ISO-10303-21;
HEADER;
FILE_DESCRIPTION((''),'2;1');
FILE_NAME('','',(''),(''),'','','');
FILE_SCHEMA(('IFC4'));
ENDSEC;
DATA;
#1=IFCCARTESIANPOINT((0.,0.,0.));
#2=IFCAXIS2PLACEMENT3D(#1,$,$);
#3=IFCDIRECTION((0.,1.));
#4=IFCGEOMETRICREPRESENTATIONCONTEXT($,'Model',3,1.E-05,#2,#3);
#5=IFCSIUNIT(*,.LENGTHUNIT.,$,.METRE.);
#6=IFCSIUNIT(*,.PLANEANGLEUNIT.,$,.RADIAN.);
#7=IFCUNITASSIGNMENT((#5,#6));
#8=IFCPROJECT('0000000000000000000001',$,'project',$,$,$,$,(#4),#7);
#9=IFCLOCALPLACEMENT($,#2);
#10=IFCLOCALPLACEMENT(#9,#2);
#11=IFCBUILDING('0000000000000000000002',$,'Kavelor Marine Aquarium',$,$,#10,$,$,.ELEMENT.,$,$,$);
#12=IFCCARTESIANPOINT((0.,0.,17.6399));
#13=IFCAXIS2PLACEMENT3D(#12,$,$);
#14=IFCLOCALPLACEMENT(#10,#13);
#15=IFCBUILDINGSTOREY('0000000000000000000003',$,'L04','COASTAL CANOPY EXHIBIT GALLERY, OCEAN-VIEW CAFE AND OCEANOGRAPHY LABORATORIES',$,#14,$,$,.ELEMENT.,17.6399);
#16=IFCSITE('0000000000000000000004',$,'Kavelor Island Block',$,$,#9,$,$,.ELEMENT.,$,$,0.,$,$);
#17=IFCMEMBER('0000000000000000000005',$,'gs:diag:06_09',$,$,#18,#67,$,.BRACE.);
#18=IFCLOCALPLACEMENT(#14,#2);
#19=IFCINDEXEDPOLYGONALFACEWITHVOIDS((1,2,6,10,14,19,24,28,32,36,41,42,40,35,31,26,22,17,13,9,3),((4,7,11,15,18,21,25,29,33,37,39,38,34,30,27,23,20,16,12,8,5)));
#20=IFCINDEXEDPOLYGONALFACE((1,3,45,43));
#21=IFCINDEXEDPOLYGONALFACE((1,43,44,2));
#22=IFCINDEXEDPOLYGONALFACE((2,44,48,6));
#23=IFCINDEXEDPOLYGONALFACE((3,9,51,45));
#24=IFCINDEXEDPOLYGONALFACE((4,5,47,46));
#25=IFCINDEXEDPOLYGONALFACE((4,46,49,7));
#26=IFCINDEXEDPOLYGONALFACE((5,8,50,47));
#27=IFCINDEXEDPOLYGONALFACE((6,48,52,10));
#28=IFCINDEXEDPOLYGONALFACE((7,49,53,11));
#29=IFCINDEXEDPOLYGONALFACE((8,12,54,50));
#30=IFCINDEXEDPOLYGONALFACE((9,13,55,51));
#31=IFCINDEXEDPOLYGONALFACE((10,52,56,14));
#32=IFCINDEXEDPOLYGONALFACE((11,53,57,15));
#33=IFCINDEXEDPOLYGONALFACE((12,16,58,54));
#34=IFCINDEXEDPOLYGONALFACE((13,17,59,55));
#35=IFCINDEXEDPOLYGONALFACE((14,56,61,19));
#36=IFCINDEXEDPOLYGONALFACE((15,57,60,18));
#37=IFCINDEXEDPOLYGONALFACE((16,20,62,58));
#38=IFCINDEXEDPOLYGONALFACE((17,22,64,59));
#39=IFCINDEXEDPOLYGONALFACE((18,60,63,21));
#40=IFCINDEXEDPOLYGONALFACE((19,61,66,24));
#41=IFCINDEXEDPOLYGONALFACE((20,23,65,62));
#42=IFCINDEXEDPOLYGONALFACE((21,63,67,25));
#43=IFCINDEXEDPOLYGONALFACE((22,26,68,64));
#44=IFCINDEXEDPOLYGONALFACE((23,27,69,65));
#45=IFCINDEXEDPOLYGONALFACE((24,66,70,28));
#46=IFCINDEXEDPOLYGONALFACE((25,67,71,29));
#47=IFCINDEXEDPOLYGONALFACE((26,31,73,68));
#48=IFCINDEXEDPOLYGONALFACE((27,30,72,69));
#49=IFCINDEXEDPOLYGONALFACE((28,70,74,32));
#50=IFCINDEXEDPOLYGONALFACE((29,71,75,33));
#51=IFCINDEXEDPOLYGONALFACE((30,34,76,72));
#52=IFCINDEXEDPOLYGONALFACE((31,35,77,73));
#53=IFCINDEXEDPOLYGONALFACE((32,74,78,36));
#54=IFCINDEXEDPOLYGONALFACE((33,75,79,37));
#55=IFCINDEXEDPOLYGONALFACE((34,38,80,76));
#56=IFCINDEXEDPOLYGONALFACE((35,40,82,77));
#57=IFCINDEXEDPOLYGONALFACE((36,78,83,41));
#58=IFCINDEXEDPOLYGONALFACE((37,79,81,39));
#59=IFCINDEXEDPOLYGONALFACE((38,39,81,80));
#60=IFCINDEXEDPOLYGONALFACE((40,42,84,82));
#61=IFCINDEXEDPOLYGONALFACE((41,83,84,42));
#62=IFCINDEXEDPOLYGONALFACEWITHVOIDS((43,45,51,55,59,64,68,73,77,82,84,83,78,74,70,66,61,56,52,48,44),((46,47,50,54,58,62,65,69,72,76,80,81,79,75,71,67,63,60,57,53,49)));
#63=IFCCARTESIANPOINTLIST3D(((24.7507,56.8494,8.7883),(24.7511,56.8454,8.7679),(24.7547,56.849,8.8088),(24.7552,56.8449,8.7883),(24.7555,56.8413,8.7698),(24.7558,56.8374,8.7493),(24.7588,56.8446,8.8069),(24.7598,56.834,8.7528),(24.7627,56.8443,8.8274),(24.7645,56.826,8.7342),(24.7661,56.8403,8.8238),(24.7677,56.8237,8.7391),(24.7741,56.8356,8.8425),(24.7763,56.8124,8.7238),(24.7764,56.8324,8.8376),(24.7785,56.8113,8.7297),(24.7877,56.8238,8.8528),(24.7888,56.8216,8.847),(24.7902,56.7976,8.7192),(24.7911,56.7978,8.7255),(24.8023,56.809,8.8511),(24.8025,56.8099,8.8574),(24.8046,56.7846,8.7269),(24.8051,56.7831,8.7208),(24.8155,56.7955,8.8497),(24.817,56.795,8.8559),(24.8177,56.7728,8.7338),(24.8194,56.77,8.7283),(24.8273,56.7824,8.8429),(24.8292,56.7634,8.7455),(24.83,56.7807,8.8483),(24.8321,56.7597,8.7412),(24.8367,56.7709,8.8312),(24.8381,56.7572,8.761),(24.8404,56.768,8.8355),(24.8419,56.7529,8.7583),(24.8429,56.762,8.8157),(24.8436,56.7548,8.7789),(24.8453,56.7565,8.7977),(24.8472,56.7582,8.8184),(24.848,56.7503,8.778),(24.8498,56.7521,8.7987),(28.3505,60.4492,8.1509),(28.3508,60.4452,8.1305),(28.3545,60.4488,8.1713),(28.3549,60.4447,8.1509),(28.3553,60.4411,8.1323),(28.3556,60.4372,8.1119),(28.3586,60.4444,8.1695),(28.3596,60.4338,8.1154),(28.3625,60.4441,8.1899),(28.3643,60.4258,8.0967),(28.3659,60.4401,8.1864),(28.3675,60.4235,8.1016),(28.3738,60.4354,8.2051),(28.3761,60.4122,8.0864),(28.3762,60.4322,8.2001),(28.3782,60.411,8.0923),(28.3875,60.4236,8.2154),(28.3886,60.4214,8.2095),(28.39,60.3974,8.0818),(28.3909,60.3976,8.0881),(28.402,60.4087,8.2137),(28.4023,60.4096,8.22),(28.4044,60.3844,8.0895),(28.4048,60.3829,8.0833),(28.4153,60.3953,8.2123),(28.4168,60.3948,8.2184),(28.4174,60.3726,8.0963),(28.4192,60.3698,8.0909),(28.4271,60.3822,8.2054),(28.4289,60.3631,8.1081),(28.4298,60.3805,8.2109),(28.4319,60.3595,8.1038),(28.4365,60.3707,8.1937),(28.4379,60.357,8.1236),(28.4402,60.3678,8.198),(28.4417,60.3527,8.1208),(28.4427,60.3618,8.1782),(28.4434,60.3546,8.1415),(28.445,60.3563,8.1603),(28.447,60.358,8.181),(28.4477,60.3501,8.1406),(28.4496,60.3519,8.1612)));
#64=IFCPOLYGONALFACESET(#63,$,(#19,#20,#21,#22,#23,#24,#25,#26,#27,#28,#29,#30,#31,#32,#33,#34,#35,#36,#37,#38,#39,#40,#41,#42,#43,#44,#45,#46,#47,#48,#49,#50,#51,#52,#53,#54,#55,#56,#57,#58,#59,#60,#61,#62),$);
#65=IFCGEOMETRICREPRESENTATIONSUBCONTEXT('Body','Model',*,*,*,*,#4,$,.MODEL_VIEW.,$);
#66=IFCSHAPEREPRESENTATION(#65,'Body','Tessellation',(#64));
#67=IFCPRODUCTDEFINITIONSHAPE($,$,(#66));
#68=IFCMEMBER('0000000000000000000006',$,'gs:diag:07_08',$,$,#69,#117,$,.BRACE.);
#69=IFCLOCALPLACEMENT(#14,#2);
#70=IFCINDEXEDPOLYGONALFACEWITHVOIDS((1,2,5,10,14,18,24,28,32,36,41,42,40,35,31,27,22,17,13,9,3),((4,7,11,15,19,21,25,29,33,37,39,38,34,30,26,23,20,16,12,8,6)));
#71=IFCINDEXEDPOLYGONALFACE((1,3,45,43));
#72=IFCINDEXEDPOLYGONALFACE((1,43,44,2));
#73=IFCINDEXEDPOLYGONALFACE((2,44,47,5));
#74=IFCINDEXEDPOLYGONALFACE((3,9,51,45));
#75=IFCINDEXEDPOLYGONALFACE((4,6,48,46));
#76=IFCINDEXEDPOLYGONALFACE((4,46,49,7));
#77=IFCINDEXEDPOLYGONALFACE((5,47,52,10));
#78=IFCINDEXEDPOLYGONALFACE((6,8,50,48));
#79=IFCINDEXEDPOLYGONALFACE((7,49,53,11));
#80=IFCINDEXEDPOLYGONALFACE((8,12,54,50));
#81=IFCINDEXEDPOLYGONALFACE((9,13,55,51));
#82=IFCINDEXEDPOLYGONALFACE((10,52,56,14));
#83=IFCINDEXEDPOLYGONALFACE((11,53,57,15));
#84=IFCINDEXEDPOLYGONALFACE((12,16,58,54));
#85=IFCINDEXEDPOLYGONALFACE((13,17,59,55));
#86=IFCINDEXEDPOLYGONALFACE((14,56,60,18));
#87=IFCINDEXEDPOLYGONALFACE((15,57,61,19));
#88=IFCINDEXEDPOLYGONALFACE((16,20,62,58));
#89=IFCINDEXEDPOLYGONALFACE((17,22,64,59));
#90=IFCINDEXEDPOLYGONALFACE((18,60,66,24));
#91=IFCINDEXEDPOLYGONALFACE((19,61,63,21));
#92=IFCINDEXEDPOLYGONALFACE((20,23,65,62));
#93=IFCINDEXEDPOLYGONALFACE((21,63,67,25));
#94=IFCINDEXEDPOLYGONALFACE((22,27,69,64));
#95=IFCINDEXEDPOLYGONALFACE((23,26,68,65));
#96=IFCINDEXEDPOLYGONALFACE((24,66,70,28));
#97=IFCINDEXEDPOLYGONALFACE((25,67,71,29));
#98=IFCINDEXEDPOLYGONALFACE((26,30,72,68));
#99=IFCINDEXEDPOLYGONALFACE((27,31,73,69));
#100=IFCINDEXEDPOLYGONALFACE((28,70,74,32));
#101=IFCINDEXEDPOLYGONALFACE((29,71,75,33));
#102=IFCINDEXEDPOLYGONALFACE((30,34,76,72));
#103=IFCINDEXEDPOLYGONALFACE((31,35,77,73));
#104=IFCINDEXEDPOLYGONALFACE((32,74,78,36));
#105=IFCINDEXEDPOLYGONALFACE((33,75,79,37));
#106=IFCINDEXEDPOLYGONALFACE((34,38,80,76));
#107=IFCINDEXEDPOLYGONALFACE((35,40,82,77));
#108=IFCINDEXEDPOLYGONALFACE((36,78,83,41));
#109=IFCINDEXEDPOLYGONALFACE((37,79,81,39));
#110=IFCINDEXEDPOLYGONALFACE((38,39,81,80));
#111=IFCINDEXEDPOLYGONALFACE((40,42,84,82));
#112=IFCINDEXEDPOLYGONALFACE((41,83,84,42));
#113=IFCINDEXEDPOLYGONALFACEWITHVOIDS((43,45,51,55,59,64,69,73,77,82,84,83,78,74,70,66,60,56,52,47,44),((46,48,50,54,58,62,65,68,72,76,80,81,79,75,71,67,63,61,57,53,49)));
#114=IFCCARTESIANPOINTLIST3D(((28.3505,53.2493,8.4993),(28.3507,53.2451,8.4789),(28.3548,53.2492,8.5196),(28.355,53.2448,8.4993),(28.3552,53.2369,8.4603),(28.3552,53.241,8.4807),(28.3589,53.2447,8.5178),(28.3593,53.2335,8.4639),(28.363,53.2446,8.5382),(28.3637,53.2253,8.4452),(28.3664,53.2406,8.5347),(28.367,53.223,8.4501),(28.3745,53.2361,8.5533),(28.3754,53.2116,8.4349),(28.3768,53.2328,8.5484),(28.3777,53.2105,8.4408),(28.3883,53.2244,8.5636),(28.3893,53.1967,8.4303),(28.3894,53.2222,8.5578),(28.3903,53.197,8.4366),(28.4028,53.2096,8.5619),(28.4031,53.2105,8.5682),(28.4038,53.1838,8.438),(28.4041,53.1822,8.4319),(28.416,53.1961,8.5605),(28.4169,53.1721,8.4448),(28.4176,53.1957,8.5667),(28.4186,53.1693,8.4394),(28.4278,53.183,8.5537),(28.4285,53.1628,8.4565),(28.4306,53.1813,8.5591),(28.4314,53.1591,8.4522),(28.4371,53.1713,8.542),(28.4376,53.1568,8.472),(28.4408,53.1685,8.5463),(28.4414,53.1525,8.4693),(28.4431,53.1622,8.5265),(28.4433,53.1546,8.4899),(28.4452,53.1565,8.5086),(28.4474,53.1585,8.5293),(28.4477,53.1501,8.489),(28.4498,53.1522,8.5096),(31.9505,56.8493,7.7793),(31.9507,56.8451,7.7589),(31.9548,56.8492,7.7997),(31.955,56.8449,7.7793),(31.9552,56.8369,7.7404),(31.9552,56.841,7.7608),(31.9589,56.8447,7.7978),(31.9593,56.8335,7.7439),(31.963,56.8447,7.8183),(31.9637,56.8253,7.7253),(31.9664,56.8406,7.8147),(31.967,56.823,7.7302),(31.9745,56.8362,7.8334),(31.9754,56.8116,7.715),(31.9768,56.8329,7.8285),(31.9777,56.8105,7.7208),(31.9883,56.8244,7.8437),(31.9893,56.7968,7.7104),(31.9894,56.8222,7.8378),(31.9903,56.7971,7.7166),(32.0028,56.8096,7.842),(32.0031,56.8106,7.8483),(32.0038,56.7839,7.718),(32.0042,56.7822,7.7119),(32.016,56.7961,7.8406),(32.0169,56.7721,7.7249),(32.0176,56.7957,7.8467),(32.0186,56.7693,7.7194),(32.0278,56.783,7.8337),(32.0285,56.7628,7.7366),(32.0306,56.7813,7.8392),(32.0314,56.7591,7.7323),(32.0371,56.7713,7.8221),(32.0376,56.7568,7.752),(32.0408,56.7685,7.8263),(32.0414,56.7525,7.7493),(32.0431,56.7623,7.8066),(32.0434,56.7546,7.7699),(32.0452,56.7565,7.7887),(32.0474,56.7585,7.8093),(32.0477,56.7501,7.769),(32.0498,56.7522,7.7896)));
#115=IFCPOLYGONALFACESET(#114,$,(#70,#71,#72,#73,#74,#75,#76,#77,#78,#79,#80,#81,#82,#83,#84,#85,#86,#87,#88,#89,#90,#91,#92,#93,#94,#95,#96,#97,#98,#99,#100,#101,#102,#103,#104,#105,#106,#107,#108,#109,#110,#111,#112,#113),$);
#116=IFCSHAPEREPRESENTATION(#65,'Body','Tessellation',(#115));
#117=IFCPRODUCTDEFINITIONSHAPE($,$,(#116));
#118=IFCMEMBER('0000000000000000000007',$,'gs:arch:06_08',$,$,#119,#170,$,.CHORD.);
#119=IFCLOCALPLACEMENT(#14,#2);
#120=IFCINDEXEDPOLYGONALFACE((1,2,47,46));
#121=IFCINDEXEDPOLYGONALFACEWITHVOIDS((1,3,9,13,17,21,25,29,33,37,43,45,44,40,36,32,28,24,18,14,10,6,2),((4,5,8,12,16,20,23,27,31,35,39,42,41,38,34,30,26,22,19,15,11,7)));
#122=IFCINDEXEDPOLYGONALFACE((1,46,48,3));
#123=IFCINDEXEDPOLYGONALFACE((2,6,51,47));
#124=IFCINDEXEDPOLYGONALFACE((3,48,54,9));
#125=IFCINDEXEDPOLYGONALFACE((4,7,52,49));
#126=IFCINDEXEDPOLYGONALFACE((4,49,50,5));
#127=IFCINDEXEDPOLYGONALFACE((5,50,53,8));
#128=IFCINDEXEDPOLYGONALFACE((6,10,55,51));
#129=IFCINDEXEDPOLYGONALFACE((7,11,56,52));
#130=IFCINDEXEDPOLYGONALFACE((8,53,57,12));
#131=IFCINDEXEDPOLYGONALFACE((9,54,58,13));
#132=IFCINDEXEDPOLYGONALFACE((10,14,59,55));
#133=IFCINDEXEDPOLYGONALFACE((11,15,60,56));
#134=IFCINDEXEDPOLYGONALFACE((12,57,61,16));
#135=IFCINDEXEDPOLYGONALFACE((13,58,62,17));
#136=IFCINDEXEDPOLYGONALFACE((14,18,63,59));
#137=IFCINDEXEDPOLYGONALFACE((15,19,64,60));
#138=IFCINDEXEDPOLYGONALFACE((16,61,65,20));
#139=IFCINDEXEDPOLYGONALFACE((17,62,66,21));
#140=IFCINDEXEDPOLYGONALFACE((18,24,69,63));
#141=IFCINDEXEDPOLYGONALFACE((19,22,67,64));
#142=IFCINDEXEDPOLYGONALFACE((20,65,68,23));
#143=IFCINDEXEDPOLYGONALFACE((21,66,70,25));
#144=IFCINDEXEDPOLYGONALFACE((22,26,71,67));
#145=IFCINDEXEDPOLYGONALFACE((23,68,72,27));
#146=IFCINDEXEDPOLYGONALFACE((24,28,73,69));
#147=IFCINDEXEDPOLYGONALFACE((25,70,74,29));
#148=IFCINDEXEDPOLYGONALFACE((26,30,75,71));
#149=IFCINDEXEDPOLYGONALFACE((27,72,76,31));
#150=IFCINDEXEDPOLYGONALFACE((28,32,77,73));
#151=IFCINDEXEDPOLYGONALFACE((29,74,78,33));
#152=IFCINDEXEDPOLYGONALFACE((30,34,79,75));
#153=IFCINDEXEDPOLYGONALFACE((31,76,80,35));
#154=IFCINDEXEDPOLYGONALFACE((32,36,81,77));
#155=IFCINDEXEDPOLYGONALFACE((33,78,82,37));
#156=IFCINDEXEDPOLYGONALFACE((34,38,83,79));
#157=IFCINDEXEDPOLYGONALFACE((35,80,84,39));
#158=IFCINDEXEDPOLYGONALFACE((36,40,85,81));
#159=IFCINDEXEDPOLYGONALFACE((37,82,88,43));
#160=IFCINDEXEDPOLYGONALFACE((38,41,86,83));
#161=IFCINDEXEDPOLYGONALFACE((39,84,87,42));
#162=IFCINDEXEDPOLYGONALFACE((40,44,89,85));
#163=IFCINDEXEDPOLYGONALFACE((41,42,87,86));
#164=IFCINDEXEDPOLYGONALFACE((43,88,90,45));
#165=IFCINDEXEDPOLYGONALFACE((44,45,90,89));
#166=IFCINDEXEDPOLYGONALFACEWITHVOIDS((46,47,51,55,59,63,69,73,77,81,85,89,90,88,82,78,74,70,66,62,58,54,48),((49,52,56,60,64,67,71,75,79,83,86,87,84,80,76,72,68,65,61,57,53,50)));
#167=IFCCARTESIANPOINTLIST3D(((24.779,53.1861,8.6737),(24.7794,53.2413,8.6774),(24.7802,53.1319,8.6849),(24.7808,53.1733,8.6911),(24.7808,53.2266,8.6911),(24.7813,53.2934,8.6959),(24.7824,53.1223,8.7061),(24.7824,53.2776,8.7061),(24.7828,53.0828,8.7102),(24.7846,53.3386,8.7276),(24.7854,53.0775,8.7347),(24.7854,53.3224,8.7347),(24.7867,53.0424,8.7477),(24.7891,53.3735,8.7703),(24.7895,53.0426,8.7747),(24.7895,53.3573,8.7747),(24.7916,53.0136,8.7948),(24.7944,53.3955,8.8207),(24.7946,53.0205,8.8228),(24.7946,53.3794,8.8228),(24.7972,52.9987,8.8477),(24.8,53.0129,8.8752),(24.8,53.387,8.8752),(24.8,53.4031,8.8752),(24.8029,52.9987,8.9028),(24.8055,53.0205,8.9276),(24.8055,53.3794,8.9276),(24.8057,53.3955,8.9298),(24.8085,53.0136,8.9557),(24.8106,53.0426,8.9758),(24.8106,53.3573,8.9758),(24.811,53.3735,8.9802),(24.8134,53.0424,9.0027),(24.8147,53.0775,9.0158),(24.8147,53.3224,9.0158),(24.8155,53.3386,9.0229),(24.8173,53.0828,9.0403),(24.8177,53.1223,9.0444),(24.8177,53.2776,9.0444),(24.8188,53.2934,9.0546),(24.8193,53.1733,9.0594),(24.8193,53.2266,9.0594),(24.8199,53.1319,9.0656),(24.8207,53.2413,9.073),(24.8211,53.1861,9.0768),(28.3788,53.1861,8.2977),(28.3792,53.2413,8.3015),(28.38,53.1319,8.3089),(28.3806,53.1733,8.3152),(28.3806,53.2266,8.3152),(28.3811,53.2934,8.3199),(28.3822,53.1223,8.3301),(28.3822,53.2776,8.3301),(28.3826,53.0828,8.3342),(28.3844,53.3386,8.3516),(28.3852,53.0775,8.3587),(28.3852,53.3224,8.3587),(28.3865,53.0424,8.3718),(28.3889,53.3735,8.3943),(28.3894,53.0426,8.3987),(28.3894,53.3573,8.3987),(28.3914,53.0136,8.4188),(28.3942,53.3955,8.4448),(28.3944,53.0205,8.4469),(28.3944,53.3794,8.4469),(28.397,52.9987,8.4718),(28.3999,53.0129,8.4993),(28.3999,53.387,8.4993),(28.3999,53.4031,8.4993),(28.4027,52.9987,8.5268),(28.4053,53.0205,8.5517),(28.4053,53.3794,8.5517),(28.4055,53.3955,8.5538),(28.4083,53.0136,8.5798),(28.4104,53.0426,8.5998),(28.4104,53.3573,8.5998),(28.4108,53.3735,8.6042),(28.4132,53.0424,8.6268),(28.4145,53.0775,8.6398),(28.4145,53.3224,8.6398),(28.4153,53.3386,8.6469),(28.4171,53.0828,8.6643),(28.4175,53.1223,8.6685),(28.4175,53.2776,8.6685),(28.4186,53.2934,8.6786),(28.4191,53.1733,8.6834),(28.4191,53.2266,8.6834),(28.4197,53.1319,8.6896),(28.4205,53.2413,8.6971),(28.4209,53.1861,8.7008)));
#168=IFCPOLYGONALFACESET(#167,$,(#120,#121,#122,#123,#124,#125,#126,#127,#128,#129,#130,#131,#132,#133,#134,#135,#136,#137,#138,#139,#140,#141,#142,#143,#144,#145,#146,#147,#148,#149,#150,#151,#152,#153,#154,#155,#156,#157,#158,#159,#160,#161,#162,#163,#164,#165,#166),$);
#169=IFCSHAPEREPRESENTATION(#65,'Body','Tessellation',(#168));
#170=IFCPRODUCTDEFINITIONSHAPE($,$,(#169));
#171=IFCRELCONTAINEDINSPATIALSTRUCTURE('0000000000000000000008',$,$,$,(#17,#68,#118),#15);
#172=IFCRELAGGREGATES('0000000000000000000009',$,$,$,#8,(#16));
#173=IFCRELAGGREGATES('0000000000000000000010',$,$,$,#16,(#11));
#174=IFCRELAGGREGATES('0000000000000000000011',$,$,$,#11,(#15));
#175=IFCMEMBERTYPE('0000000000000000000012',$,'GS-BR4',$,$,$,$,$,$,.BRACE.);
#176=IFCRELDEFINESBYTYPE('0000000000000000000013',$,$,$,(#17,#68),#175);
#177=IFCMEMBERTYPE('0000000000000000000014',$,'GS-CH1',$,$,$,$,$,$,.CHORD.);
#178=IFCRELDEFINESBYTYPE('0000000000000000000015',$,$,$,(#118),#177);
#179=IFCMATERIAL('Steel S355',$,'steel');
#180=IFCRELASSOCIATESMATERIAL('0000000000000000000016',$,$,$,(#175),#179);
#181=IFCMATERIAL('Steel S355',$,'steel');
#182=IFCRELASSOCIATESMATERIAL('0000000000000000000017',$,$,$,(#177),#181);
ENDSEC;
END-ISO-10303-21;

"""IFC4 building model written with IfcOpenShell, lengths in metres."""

from ifc_helpers import new_model, si_unit, direction, frame, origin, origin_2d, place, context, subcontext, project, spatial, hollow_circle, extrude, material, material_profile, profile_set, type_object, element, save


model = new_model("IFC4")

# Units and contexts
model_context = context("Model", 3, precision=1e-05, world=origin(), true_north=direction((0.0, 1.0)))
body_context = subcontext(model_context, "Body", "Model", "MODEL_VIEW")
ifc_project = project(units=[si_unit("LENGTHUNIT", "METRE"), si_unit("PLANEANGLEUNIT", "RADIAN")], contexts=[model_context])

# Site, building, storey
site_placement = place(None, origin())
site = spatial("IfcSite", under=ifc_project, at=site_placement, Name="Kavelor Island Block", CompositionType="ELEMENT", RefElevation=0.0)
building_placement = place(site_placement, origin())
building = spatial("IfcBuilding", under=site, at=building_placement, Name="Kavelor Marine Aquarium", CompositionType="ELEMENT")
storey_placement = place(building_placement, frame((0.0, 0.0, 17.6399)))
storey = spatial("IfcBuildingStorey", under=building, at=storey_placement, Name="L04", Description="COASTAL CANOPY EXHIBIT GALLERY, OCEAN-VIEW CAFE AND OCEANOGRAPHY LABORATORIES", CompositionType="ELEMENT", Elevation=17.6399)

# Members
ifc_material_1 = material(Name="Steel S355", Category="steel")
ifc_material_profile_1 = material_profile(ifc_material_1, hollow_circle(Radius=0.0698, WallThickness=0.0063, at=origin_2d()), Name="CHS 139.7x6.3")
ifc_profile_set_1 = profile_set([ifc_material_profile_1], Name="Steel S355")
member_type_1 = type_object("IfcMemberType", Name="GS-BR4", PredefinedType="BRACE", material=ifc_profile_set_1)
member_1_placement = place(storey_placement, frame((24.8, 56.8, 8.7883), z_axis=(0.701628, 0.701628, -0.124242), x_axis=(-0.707107, 0.707107, 0.0)))
element("IfcMember", 1, at=member_1_placement, inside=storey, type_object=member_type_1, Name="gs:diag:06_09", PredefinedType="BRACE", context=body_context, shape_type="SweptSolid", body=[
    extrude(hollow_circle(Radius=0.0698, WallThickness=0.0063, at=origin_2d()), origin(), (0.0, 0.0, 1.0), 5.1306),
])
member_2_placement = place(storey_placement, frame((28.3999, 53.2, 8.4993), z_axis=(0.700141, 0.700141, -0.140019), x_axis=(-0.707107, 0.707107, 0.0)))
element("IfcMember", 2, at=member_2_placement, inside=storey, type_object=member_type_1, Name="gs:diag:07_08", PredefinedType="BRACE", context=body_context, shape_type="SweptSolid", body=[
    extrude(hollow_circle(Radius=0.0698, WallThickness=0.0063, at=origin_2d()), origin(), (0.0, 0.0, 1.0), 5.1418),
])
ifc_material_2 = material(Name="Steel S355", Category="steel")
ifc_material_profile_2 = material_profile(ifc_material_2, hollow_circle(Radius=0.2031, WallThickness=0.0161, at=origin_2d()), Name="CHS 406.4x16.0")
ifc_profile_set_2 = profile_set([ifc_material_profile_2], Name="Steel S355")
member_type_2 = type_object("IfcMemberType", Name="GS-CH1", PredefinedType="CHORD", material=ifc_profile_set_2)
member_3_placement = place(storey_placement, frame((24.8, 53.2, 8.8752), z_axis=(0.99459, 0.0, -0.103877), x_axis=(0.0, 1.0, 0.0)))
element("IfcMember", 3, at=member_3_placement, inside=storey, type_object=member_type_2, Name="gs:arch:06_08", PredefinedType="CHORD", context=body_context, shape_type="SweptSolid", body=[
    extrude(hollow_circle(Radius=0.2031, WallThickness=0.0161, at=origin_2d()), origin(), (0.0, 0.0, 1.0), 3.6194),
])

save(model, "model.ifc")
